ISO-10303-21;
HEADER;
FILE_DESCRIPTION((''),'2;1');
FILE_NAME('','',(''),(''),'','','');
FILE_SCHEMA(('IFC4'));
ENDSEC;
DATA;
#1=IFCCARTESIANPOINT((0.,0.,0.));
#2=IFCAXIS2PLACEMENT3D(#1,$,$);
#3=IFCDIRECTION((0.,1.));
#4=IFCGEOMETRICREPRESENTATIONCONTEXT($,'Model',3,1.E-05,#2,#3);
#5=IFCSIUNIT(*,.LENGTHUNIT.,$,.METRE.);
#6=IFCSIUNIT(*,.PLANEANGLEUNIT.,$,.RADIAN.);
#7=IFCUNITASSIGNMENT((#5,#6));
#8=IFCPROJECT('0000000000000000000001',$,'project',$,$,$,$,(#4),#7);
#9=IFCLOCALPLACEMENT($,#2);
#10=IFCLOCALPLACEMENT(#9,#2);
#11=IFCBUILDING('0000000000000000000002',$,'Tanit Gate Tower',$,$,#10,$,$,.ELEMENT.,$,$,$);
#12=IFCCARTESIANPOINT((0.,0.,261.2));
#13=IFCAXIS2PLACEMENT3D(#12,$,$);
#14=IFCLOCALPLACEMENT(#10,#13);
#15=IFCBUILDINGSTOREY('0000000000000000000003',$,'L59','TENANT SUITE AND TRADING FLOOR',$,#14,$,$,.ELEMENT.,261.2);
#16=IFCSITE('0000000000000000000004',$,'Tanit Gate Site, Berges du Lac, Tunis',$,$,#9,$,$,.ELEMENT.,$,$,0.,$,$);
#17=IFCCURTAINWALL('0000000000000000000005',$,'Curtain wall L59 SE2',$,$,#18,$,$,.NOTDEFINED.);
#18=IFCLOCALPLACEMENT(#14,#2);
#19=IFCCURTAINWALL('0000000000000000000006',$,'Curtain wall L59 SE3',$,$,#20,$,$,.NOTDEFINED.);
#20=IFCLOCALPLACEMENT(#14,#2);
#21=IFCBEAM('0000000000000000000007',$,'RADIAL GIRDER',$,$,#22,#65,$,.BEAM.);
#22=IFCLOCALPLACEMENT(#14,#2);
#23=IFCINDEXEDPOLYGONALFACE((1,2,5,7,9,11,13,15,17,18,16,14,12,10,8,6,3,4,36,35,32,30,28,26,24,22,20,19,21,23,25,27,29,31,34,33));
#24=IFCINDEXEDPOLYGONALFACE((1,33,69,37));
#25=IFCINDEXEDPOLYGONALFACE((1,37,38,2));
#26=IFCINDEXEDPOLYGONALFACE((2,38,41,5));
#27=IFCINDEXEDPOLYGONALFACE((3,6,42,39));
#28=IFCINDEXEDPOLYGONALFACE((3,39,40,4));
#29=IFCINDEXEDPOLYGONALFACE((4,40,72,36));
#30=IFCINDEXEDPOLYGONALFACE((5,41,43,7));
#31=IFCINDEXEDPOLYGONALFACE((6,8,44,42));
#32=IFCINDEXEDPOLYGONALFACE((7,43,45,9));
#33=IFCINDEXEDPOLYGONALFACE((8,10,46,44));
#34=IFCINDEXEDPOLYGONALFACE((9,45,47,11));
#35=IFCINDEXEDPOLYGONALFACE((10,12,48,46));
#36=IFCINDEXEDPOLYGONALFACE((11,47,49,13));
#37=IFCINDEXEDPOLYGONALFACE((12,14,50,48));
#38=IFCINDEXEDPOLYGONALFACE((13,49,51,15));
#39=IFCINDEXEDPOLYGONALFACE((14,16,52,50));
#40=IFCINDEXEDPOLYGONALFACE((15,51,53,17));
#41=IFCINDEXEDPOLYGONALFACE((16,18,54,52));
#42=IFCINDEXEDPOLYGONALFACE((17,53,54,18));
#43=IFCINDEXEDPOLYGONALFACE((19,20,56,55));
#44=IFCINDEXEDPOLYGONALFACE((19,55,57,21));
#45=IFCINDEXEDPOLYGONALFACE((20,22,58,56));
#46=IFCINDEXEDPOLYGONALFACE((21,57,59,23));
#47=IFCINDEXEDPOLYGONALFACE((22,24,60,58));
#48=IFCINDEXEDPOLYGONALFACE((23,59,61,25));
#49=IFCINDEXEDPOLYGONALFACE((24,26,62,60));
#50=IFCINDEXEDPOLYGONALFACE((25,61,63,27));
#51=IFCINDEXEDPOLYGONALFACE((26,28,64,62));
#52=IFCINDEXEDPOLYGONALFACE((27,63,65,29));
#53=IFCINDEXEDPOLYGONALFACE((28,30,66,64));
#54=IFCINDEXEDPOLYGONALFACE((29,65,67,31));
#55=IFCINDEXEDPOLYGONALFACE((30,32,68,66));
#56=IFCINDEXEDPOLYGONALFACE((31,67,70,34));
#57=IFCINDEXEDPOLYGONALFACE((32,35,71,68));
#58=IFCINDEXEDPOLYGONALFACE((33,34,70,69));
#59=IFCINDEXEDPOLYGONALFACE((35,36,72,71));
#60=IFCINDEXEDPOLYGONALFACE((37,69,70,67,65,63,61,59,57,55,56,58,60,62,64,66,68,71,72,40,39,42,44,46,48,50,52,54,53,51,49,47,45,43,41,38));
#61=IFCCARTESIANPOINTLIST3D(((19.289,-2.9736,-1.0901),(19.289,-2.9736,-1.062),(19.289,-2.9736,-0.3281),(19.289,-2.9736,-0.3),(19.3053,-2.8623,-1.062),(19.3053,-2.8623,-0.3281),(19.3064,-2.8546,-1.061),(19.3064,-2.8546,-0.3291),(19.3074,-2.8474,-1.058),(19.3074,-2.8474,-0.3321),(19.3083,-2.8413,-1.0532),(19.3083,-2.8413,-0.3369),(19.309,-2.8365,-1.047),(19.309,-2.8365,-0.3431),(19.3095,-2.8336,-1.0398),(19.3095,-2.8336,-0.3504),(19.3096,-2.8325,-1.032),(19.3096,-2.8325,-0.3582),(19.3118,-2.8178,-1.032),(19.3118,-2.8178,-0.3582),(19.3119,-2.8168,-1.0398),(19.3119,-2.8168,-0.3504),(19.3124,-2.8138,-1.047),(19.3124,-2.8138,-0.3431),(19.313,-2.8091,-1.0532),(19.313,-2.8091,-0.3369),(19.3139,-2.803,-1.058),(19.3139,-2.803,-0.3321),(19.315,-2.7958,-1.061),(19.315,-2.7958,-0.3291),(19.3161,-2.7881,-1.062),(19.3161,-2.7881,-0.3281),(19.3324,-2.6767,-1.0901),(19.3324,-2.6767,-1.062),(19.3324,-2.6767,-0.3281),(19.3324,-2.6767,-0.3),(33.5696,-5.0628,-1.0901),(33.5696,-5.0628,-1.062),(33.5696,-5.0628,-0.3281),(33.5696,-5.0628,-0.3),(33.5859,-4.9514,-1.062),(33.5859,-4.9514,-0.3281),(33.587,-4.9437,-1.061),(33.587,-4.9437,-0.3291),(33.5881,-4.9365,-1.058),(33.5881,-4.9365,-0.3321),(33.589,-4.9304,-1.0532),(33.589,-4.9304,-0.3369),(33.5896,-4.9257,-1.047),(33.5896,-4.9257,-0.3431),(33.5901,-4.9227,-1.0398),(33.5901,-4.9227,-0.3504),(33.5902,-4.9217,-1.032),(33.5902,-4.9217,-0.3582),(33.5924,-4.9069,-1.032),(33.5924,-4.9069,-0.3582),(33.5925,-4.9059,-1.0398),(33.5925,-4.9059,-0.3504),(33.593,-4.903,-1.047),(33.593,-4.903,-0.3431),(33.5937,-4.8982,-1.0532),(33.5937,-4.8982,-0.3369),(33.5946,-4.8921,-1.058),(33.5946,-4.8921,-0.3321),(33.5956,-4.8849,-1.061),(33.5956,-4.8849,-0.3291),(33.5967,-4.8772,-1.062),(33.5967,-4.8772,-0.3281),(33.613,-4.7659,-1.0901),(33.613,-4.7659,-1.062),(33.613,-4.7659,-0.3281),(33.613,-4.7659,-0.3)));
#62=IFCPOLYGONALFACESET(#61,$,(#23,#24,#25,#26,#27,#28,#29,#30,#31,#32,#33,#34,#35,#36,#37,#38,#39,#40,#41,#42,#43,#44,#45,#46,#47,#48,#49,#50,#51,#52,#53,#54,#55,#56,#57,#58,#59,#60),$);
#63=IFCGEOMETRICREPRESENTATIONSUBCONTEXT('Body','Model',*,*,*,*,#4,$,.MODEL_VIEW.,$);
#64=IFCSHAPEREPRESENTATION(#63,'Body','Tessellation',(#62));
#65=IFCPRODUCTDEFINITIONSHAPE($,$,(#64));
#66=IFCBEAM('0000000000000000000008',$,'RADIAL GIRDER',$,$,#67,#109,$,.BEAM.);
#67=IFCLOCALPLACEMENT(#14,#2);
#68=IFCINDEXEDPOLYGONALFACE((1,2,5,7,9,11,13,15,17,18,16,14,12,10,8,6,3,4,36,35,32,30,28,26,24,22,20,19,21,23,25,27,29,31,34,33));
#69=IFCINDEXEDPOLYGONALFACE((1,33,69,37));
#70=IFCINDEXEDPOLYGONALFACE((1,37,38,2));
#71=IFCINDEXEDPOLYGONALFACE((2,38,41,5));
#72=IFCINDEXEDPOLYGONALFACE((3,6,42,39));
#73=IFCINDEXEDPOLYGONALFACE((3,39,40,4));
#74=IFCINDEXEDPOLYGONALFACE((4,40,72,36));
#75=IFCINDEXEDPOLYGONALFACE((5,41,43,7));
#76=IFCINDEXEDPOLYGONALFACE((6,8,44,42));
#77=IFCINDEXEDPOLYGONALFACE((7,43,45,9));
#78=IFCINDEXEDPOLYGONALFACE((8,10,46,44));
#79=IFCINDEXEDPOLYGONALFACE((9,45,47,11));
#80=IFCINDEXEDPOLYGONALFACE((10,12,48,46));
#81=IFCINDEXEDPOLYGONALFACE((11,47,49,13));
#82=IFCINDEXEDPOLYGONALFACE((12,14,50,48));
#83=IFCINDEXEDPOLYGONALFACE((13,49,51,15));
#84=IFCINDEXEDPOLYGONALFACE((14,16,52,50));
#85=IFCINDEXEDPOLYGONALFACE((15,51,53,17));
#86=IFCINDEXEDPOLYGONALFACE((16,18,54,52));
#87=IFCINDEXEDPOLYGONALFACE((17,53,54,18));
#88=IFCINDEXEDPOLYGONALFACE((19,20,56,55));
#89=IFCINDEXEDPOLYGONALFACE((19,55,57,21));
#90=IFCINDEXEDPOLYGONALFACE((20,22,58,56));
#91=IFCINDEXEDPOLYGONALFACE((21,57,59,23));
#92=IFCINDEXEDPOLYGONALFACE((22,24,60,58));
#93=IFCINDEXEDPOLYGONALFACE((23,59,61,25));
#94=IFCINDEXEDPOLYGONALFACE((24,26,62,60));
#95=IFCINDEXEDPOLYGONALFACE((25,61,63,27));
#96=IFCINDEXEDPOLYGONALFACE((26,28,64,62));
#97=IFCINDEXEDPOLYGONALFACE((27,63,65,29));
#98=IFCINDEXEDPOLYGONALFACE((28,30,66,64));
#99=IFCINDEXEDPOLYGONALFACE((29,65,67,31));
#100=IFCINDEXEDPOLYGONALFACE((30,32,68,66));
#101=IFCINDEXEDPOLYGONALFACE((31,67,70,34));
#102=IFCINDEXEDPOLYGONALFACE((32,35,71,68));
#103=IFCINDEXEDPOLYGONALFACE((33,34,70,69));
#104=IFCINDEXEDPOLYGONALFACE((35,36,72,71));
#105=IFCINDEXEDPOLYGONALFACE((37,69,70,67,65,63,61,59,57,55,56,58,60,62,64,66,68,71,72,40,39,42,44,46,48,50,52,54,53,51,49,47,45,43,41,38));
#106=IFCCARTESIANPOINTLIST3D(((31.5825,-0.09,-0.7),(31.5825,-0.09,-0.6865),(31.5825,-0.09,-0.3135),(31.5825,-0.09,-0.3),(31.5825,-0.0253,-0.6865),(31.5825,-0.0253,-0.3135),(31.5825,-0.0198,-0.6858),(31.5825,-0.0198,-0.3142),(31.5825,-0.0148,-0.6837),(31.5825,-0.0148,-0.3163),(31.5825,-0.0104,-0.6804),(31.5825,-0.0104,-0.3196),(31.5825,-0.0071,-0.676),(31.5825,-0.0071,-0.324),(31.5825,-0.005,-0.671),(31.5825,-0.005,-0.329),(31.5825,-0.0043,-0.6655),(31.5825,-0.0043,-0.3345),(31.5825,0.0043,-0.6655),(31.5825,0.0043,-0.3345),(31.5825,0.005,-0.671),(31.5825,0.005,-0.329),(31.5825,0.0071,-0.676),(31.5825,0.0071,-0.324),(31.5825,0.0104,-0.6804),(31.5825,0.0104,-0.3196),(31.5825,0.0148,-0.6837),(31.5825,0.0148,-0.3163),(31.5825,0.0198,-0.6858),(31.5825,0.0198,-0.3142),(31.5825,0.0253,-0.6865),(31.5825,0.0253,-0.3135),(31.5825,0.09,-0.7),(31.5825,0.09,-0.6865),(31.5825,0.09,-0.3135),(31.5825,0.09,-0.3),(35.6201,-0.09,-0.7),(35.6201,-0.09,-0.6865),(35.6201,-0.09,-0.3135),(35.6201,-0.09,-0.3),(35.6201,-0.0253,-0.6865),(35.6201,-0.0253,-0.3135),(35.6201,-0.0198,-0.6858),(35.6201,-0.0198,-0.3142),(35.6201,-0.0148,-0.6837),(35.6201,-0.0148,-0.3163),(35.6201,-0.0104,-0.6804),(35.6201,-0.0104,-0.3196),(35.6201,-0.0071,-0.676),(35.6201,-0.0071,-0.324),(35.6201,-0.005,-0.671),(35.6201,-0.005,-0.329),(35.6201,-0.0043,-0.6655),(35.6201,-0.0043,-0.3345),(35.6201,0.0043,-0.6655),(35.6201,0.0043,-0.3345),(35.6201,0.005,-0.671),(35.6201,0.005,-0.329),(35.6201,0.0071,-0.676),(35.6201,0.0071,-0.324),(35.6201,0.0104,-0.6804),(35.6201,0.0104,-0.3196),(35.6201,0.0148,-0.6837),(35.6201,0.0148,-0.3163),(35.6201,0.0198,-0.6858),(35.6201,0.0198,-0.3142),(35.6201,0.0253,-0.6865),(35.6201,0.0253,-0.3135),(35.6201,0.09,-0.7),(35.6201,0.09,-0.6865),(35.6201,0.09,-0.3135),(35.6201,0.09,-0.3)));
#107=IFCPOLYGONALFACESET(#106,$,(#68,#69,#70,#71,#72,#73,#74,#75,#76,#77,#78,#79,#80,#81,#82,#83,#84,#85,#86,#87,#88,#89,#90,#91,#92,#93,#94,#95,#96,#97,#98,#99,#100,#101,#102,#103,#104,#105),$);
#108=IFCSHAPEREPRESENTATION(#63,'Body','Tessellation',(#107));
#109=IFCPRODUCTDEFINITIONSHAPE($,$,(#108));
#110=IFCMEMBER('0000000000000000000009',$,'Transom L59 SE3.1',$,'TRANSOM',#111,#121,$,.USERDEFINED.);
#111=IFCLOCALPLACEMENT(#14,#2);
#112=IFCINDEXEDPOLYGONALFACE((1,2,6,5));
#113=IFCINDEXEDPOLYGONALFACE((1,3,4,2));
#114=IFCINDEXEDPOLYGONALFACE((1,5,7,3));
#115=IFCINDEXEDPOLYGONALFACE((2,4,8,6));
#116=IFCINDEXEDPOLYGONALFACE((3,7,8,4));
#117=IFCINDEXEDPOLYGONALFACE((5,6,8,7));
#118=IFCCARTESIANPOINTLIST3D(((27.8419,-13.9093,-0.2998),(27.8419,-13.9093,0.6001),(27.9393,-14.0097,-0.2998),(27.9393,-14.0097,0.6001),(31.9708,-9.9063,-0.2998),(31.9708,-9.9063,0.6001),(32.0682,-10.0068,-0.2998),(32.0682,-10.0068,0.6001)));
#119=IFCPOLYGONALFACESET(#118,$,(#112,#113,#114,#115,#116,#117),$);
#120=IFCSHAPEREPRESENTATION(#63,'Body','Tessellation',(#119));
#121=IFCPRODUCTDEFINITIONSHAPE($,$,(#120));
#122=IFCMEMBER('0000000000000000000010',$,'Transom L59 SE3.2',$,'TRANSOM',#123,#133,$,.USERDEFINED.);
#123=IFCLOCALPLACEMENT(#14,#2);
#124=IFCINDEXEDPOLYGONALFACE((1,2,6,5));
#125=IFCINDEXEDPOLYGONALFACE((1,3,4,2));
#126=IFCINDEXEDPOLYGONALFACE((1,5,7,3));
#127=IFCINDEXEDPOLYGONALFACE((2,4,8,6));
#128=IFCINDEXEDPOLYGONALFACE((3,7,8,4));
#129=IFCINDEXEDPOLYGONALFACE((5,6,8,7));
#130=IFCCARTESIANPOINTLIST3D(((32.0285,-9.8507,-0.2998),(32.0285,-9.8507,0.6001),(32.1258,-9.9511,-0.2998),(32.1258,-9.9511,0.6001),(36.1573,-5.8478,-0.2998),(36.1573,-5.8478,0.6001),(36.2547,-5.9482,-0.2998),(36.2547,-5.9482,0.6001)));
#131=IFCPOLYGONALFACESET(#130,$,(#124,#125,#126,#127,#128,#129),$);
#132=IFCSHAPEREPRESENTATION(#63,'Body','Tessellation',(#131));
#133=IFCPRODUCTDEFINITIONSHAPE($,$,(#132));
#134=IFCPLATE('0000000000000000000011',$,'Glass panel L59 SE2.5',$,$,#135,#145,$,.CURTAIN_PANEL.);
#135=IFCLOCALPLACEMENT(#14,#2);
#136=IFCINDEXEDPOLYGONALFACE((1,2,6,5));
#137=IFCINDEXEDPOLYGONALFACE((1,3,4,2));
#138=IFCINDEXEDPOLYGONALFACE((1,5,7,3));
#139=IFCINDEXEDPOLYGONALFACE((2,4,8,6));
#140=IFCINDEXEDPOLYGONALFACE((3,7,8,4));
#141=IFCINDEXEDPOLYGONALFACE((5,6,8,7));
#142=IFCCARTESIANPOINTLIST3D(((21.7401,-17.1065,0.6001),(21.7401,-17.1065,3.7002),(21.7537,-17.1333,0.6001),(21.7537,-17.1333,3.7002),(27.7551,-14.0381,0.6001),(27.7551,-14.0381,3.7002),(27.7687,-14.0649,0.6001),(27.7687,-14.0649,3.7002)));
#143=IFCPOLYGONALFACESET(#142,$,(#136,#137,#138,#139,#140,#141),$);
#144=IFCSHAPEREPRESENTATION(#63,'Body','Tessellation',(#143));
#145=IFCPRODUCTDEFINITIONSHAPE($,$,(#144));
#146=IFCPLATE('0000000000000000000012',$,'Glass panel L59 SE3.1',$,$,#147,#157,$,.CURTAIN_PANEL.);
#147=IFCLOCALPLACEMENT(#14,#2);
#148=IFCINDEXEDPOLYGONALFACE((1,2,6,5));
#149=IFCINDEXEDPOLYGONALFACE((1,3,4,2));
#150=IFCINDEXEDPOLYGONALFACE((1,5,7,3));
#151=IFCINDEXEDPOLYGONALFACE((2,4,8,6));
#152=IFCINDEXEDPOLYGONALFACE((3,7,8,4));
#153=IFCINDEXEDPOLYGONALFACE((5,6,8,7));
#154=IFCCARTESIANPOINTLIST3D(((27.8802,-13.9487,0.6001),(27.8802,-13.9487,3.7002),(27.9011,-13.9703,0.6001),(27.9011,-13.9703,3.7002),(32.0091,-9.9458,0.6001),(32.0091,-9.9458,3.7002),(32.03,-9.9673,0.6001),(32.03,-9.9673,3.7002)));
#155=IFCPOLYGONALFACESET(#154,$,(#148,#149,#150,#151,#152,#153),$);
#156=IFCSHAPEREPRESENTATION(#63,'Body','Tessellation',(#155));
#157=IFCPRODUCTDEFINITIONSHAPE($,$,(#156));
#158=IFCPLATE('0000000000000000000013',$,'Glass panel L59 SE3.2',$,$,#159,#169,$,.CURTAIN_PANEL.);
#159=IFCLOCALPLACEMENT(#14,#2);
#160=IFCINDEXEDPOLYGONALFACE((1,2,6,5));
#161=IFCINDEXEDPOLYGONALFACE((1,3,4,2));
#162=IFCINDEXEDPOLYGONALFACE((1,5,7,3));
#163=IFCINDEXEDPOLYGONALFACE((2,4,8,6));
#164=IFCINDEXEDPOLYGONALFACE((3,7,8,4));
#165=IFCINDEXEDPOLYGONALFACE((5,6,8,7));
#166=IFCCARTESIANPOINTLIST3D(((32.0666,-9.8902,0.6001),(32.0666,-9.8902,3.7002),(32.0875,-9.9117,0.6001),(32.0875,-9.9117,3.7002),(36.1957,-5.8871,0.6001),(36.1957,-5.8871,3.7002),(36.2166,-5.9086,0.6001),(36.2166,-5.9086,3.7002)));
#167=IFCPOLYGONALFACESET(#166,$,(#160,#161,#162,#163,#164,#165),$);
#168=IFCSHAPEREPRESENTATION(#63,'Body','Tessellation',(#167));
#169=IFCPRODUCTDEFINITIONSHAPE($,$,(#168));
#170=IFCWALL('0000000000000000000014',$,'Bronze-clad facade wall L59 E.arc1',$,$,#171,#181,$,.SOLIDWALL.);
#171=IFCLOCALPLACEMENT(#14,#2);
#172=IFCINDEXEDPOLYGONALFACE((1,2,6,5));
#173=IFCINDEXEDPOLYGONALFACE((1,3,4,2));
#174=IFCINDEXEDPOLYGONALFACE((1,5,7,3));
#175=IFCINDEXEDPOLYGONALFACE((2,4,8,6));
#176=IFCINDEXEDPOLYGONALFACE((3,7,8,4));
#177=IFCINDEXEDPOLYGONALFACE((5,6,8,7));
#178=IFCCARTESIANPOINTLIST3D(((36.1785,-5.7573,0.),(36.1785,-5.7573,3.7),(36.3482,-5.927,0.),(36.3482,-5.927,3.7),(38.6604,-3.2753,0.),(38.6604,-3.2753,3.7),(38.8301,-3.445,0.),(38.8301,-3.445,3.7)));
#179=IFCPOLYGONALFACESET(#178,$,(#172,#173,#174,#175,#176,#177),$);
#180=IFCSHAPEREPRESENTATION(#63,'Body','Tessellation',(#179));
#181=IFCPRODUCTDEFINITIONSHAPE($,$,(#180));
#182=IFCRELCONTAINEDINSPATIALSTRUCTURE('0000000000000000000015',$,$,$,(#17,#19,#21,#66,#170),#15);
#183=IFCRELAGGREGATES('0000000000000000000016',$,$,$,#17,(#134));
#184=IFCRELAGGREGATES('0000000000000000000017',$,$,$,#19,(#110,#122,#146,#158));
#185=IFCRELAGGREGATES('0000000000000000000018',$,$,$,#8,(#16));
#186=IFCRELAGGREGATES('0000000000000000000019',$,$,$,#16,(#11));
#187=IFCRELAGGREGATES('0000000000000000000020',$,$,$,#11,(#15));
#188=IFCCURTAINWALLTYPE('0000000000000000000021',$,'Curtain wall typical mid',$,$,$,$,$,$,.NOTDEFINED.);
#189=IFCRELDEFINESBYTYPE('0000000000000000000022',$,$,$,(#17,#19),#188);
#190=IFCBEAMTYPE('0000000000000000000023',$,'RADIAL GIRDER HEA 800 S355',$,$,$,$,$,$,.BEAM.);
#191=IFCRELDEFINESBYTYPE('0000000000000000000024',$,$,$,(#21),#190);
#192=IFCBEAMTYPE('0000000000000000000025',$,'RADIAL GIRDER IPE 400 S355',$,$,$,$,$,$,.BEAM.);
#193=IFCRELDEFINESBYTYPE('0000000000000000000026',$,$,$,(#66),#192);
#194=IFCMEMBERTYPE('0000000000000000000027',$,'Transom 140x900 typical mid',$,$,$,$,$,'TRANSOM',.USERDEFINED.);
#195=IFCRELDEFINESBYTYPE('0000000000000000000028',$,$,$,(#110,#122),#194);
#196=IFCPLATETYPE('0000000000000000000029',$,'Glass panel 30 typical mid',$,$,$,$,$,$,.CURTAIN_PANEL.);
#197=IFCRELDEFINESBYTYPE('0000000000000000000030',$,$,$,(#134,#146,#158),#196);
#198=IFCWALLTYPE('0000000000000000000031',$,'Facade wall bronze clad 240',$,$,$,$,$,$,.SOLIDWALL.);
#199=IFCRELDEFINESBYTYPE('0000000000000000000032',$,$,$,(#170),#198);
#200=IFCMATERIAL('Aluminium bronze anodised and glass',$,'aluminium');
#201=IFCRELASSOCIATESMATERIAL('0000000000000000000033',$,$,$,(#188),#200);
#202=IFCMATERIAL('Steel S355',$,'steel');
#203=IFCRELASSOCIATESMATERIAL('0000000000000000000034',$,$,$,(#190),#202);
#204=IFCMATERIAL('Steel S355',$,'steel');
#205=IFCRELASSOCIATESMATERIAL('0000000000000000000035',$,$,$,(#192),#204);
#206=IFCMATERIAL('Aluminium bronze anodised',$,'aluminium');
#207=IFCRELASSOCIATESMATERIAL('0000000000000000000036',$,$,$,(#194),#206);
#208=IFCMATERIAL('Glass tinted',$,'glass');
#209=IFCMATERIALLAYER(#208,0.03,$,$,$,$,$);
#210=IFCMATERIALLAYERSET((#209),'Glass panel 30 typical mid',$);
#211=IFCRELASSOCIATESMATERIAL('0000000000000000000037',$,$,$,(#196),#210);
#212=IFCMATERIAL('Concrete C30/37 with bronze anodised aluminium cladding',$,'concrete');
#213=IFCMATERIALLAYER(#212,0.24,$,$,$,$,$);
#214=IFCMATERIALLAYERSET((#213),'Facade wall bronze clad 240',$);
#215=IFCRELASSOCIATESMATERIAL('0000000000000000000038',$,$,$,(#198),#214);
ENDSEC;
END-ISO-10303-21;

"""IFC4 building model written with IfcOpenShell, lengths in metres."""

from ifc_helpers import new_model, si_unit, direction, frame, frame_2d, origin, origin_2d, place, context, subcontext, project, spatial, rectangle, i_section, extrude, material, layer, layer_set, material_profile, profile_set, type_object, element, aggregate, save


model = new_model("IFC4")

# Units and contexts
model_context = context("Model", 3, precision=1e-05, world=origin(), true_north=direction((0.0, 1.0)))
body_context = subcontext(model_context, "Body", "Model", "MODEL_VIEW")
ifc_project = project(units=[si_unit("LENGTHUNIT", "METRE"), si_unit("PLANEANGLEUNIT", "RADIAN")], contexts=[model_context])

# Site, building, storey
site_placement = place(None, origin())
site = spatial("IfcSite", under=ifc_project, at=site_placement, Name="Tanit Gate Site, Berges du Lac, Tunis", CompositionType="ELEMENT", RefElevation=0.0)
building_placement = place(site_placement, origin())
building = spatial("IfcBuilding", under=site, at=building_placement, Name="Tanit Gate Tower", CompositionType="ELEMENT")
storey_placement = place(building_placement, frame((0.0, 0.0, 261.2)))
storey = spatial("IfcBuildingStorey", under=building, at=storey_placement, Name="L59", Description="TENANT SUITE AND TRADING FLOOR", CompositionType="ELEMENT", Elevation=261.2)

# Curtain wall
ifc_material_1 = material(Name="Aluminium bronze anodised and glass", Category="aluminium")
curtain_wall_type = type_object("IfcCurtainWallType", Name="Curtain wall typical mid", PredefinedType="NOTDEFINED", material=ifc_material_1)
curtain_wall_1_placement = place(storey_placement, origin())
curtain_wall_1 = element("IfcCurtainWall", 1, at=curtain_wall_1_placement, inside=storey, type_object=curtain_wall_type, Name="Curtain wall L59 SE2", PredefinedType="NOTDEFINED")

# Curtain wall
curtain_wall_2_placement = place(storey_placement, origin())
curtain_wall_2 = element("IfcCurtainWall", 2, at=curtain_wall_2_placement, inside=storey, type_object=curtain_wall_type, Name="Curtain wall L59 SE3", PredefinedType="NOTDEFINED")

# Beams
ifc_material_2 = material(Name="Steel S355", Category="steel")
ifc_material_profile_1 = material_profile(ifc_material_2, i_section(OverallWidth=0.3, OverallDepth=0.79, WebThickness=0.0149, FlangeThickness=0.0281, FilletRadius=0.03, at=origin_2d()), Name="HEA 800")
ifc_profile_set_1 = profile_set([ifc_material_profile_1], Name="Steel S355")
beam_type_1 = type_object("IfcBeamType", Name="RADIAL GIRDER HEA 800 S355", PredefinedType="BEAM", material=ifc_profile_set_1)
beam_1_placement = place(storey_placement, frame((33.5913, -4.9143, -0.6951), z_axis=(-0.989468, 0.14475, 0.0), x_axis=(-0.14475, -0.989468, 0.0)))
element("IfcBeam", 3, at=beam_1_placement, inside=storey, type_object=beam_type_1, Name="RADIAL GIRDER", PredefinedType="BEAM", context=body_context, shape_type="SweptSolid", body=[
    extrude(i_section(OverallWidth=0.3, OverallDepth=0.79, WebThickness=0.0149, FlangeThickness=0.0281, FilletRadius=0.03, at=origin_2d()), origin(), (0.0, 0.0, 1.0), 14.4326),
])
ifc_material_3 = material(Name="Steel S355", Category="steel")
ifc_material_profile_2 = material_profile(ifc_material_3, i_section(OverallWidth=0.1799, OverallDepth=0.3999, WebThickness=0.0085, FlangeThickness=0.0134, FilletRadius=0.021, at=origin_2d()), Name="IPE 400")
ifc_profile_set_2 = profile_set([ifc_material_profile_2], Name="Steel S355")
beam_type_2 = type_object("IfcBeamType", Name="RADIAL GIRDER IPE 400 S355", PredefinedType="BEAM", material=ifc_profile_set_2)
beam_2_placement = place(storey_placement, frame((35.6201, 0.0, -0.5), z_axis=(-1.0, 0.0, 0.0), x_axis=(0.0, -1.0, 0.0)))
element("IfcBeam", 4, at=beam_2_placement, inside=storey, type_object=beam_type_2, Name="RADIAL GIRDER", PredefinedType="BEAM", context=body_context, shape_type="SweptSolid", body=[
    extrude(i_section(OverallWidth=0.1799, OverallDepth=0.3999, WebThickness=0.0085, FlangeThickness=0.0134, FilletRadius=0.021, at=origin_2d()), origin(), (0.0, 0.0, 1.0), 4.0376),
])

# Members
ifc_material_4 = material(Name="Aluminium bronze anodised", Category="aluminium")
ifc_material_profile_3 = material_profile(ifc_material_4, rectangle(XDim=0.1399, YDim=0.8999, at=origin_2d()), Name="140x900 bronze transom")
ifc_profile_set_3 = profile_set([ifc_material_profile_3], Name="Aluminium bronze anodised")
member_type_1 = type_object("IfcMemberType", Name="Transom 140x900 typical mid", ElementType="TRANSOM", PredefinedType="USERDEFINED", material=ifc_profile_set_3)
member_1_placement = place(storey_placement, frame((27.8906, -13.9595, 0.1501), z_axis=(0.717975, 0.696069, 0.0), x_axis=(-0.696069, 0.717975, 0.0)))
member_1 = element("IfcMember", 5, at=member_1_placement, type_object=member_type_1, Name="Transom L59 SE3.1", ObjectType="TRANSOM", PredefinedType="USERDEFINED", context=body_context, shape_type="SweptSolid", body=[
    extrude(rectangle(XDim=0.1399, YDim=0.8999, at=origin_2d()), origin(), (0.0, 0.0, 1.0), 5.7507),
])
member_2_placement = place(storey_placement, frame((32.0771, -9.9009, 0.1501), z_axis=(0.717975, 0.696069, 0.0), x_axis=(-0.696069, 0.717975, 0.0)))
member_2 = element("IfcMember", 6, at=member_2_placement, type_object=member_type_1, Name="Transom L59 SE3.2", ObjectType="TRANSOM", PredefinedType="USERDEFINED", context=body_context, shape_type="SweptSolid", body=[
    extrude(rectangle(XDim=0.1399, YDim=0.8999, at=origin_2d()), origin(), (0.0, 0.0, 1.0), 5.7507),
])

# Plates
ifc_material_5 = material(Name="Glass tinted", Category="glass")
ifc_layer_1 = layer(ifc_material_5, 0.03)
ifc_layer_set_1 = layer_set([ifc_layer_1], Name="Glass panel 30 typical mid")
plate_type = type_object("IfcPlateType", Name="Glass panel 30 typical mid", PredefinedType="CURTAIN_PANEL", material=ifc_layer_set_1)
plate_1_placement = place(storey_placement, frame((24.7544, -15.5857, 0.6001), z_axis=(0.0, 0.0, 1.0), x_axis=(0.890792, 0.454411, 0.0)))
plate_1 = element("IfcPlate", 7, at=plate_1_placement, type_object=plate_type, Name="Glass panel L59 SE2.5", PredefinedType="CURTAIN_PANEL", context=body_context, shape_type="SweptSolid", body=[
    extrude(rectangle(XDim=6.7524, YDim=0.03, at=origin_2d()), origin(), (0.0, 0.0, 1.0), 3.1001),
])
aggregate(curtain_wall_1, [plate_1])
plate_2_placement = place(storey_placement, frame((29.9551, -11.958, 0.6001), z_axis=(0.0, 0.0, 1.0), x_axis=(0.717971, 0.696073, 0.0)))
plate_2 = element("IfcPlate", 8, at=plate_2_placement, type_object=plate_type, Name="Glass panel L59 SE3.1", PredefinedType="CURTAIN_PANEL", context=body_context, shape_type="SweptSolid", body=[
    extrude(rectangle(XDim=5.7507, YDim=0.03, at=origin_2d()), origin(), (0.0, 0.0, 1.0), 3.1001),
])
plate_3_placement = place(storey_placement, frame((34.1416, -7.8994, 0.6001), z_axis=(0.0, 0.0, 1.0), x_axis=(0.717971, 0.696073, 0.0)))
plate_3 = element("IfcPlate", 9, at=plate_3_placement, type_object=plate_type, Name="Glass panel L59 SE3.2", PredefinedType="CURTAIN_PANEL", context=body_context, shape_type="SweptSolid", body=[
    extrude(rectangle(XDim=5.751, YDim=0.03, at=origin_2d()), origin(), (0.0, 0.0, 1.0), 3.1001),
])
aggregate(curtain_wall_2, [member_1, member_2, plate_2, plate_3])

# Wall
ifc_material_6 = material(Name="Concrete C30/37 with bronze anodised aluminium cladding", Category="concrete")
ifc_layer_2 = layer(ifc_material_6, 0.24)
ifc_layer_set_2 = layer_set([ifc_layer_2], Name="Facade wall bronze clad 240")
wall_type_1 = type_object("IfcWallType", Name="Facade wall bronze clad 240", PredefinedType="SOLIDWALL", material=ifc_layer_set_2)
wall_1_placement = place(storey_placement, frame((36.2634, -5.842, 0.0), z_axis=(0.0, 0.0, 1.0), x_axis=(0.707107, 0.707107, 0.0)))
element("IfcWall", 10, at=wall_1_placement, inside=storey, type_object=wall_type_1, Name="Bronze-clad facade wall L59 E.arc1", PredefinedType="SOLIDWALL", context=body_context, shape_type="SweptSolid", body=[
    extrude(rectangle(XDim=3.51, YDim=0.24, at=frame_2d((1.7549, 0.0))), origin(), (0.0, 0.0, 1.0), 3.7),
])

save(model, "model.ifc")
